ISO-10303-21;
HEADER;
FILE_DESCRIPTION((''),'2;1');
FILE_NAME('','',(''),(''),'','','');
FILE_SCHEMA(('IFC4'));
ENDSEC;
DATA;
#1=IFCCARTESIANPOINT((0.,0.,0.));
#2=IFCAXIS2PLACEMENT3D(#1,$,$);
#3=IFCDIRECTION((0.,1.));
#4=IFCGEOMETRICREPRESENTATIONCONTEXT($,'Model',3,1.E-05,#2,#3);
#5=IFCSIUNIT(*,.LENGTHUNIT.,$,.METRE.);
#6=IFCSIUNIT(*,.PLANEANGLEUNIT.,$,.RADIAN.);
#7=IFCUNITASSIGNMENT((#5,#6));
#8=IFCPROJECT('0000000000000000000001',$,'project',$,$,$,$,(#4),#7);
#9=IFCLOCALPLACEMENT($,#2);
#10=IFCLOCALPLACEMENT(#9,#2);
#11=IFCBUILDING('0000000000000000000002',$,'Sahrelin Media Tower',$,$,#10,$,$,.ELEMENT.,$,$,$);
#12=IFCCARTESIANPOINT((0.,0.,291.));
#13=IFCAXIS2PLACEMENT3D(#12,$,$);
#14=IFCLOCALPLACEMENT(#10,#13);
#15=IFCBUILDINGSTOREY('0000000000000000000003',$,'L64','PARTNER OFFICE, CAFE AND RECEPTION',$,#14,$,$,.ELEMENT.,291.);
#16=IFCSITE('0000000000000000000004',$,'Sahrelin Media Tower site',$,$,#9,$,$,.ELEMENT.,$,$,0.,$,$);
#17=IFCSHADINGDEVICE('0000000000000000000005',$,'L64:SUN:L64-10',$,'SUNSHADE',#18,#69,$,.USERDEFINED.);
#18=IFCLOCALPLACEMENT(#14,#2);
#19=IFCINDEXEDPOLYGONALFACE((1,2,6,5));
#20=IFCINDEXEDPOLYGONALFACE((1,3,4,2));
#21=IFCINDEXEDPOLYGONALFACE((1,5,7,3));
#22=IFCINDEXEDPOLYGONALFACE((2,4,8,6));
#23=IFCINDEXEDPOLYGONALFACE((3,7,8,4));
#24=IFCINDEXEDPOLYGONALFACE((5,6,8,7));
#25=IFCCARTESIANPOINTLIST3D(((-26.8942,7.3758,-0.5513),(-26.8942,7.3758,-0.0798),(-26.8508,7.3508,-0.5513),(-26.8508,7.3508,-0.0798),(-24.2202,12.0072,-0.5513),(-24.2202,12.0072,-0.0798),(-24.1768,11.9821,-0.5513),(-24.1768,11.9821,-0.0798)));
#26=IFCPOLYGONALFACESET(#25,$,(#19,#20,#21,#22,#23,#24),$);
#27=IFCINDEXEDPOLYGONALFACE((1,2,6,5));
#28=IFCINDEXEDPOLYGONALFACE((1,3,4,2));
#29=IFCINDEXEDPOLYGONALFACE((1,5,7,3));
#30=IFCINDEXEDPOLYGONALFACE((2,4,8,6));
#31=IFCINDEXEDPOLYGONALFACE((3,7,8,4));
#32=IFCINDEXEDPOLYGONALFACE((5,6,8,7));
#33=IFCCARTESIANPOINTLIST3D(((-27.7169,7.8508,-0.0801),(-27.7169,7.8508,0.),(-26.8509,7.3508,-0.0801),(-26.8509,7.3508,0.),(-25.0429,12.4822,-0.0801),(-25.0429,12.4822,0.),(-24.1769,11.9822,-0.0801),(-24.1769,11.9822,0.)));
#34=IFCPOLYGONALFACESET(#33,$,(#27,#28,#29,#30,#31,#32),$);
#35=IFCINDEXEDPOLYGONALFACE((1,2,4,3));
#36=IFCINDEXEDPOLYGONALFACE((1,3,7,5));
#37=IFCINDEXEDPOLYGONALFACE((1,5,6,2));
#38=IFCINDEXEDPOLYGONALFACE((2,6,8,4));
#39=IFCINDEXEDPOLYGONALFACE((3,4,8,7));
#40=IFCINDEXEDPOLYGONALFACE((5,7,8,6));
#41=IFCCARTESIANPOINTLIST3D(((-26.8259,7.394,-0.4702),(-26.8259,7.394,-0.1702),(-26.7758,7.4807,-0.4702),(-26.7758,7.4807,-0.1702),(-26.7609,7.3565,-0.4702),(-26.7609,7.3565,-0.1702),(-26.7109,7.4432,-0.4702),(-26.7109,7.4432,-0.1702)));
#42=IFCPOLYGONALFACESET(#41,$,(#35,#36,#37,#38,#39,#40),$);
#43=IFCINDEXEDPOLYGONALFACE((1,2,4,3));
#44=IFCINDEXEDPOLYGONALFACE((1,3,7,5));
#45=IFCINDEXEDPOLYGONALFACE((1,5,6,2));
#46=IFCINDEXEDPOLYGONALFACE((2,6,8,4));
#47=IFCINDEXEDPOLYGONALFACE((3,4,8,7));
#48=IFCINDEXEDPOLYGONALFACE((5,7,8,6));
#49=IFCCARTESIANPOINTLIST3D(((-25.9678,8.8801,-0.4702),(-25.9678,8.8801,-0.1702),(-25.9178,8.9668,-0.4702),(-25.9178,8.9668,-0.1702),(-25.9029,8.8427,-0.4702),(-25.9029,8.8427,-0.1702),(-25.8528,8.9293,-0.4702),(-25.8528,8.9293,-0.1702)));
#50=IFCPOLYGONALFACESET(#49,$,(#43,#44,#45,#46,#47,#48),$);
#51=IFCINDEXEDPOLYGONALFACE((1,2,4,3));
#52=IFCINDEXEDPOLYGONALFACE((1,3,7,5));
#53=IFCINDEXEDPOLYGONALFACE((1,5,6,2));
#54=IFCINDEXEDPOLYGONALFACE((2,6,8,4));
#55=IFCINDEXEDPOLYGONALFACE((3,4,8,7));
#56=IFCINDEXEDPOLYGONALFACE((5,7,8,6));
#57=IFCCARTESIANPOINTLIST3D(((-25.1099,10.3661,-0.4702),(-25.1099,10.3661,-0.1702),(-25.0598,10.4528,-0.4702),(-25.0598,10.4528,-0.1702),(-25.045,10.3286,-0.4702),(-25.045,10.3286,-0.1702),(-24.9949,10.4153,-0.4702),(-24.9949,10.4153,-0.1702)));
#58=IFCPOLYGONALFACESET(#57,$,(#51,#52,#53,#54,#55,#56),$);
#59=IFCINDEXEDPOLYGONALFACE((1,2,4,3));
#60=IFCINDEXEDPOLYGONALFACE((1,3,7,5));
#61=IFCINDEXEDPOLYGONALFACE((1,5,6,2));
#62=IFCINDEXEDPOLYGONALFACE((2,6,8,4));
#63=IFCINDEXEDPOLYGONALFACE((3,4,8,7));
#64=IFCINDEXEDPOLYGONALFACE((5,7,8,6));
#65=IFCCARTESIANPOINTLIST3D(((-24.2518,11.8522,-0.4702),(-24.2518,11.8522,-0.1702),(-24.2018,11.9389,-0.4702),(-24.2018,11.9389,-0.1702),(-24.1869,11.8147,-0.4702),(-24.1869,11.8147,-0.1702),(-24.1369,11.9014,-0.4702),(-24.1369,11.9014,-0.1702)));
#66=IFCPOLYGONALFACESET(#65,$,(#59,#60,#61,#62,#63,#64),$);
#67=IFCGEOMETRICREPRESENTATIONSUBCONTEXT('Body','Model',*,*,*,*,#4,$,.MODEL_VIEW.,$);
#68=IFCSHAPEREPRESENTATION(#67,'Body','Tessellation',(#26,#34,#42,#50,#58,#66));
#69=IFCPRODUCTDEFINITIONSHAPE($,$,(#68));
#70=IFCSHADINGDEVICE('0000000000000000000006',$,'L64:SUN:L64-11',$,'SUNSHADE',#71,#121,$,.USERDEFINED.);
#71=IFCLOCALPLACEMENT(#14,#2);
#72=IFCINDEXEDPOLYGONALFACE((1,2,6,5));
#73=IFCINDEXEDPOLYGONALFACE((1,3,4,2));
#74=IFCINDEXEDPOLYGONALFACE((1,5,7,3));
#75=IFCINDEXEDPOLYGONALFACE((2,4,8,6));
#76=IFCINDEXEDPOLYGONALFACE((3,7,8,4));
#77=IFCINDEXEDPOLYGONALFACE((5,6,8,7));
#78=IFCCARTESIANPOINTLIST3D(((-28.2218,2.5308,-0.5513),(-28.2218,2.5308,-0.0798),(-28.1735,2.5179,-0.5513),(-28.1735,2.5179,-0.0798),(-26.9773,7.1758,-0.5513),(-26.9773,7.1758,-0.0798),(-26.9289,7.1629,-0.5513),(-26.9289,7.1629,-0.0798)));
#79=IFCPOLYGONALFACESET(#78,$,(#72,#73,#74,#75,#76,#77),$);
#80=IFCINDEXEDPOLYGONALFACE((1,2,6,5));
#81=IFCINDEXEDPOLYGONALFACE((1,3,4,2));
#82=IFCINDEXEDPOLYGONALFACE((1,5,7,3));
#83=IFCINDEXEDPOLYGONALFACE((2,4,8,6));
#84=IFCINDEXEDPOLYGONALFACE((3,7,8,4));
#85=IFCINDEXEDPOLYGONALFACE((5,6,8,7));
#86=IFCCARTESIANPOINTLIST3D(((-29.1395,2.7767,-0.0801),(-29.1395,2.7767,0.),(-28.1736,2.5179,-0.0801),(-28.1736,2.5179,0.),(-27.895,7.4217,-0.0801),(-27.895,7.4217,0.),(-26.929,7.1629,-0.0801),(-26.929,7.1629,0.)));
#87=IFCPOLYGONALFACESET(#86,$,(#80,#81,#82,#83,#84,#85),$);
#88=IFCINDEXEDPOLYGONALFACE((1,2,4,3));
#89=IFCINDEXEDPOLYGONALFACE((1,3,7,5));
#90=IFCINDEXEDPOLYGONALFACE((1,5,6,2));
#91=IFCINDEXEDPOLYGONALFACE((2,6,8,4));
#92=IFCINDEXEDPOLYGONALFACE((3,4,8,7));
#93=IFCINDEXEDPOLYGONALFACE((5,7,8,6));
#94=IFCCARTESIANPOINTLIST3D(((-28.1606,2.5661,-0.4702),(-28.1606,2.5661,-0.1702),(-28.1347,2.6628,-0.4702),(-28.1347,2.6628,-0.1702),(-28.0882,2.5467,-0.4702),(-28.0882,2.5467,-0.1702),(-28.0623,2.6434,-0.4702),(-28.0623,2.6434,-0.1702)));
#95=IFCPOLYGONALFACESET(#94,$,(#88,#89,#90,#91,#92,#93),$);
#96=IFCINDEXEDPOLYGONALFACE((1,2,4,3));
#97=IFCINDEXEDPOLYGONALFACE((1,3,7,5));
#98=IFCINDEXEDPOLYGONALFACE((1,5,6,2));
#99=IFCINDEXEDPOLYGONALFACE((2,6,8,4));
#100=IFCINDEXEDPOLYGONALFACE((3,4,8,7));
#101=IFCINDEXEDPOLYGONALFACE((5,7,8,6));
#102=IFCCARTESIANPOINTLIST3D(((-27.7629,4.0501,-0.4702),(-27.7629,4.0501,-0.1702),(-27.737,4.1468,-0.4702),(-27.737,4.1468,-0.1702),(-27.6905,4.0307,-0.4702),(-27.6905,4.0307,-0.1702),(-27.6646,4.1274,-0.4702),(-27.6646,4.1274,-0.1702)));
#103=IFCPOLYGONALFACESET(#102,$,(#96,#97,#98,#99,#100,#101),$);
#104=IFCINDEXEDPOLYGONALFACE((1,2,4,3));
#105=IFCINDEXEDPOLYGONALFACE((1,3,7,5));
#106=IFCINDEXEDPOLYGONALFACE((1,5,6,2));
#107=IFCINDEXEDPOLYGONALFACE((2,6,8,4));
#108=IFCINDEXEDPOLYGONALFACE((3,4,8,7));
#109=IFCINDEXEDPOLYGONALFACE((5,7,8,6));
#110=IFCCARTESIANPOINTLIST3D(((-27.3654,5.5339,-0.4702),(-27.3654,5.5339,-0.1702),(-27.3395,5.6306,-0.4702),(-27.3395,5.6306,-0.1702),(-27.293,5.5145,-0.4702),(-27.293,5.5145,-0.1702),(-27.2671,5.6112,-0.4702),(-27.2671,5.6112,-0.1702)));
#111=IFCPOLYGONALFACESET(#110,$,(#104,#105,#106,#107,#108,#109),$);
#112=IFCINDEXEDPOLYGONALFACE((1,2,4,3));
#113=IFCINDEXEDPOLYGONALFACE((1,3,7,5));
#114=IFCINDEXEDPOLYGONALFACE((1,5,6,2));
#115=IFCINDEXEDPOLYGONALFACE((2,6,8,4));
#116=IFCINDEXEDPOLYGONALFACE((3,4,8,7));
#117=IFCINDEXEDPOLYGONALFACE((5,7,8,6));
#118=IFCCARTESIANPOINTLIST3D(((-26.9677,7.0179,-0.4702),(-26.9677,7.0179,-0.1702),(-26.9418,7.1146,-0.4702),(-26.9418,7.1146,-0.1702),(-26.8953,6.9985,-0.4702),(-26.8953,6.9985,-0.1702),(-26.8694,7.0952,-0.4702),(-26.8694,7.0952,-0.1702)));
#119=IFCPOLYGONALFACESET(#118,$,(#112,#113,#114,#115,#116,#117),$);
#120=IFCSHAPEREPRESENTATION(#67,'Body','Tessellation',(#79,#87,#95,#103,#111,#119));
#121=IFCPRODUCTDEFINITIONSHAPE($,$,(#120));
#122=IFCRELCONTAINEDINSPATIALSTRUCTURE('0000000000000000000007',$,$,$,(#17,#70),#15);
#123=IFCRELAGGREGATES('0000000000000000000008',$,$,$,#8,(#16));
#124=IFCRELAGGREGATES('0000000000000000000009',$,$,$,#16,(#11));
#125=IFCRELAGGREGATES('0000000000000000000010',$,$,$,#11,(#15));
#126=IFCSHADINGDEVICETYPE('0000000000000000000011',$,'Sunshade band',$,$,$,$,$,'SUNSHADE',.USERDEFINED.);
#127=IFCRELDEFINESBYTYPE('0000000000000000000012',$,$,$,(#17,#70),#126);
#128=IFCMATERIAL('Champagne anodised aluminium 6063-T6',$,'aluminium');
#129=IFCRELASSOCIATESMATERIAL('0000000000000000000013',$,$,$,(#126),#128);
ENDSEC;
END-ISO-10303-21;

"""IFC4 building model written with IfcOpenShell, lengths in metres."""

from ifc_helpers import new_model, si_unit, direction, frame, origin, origin_2d, place, context, subcontext, project, spatial, rectangle, extrude, material, type_object, element, save


model = new_model("IFC4")

# Units and contexts
model_context = context("Model", 3, precision=1e-05, world=origin(), true_north=direction((0.0, 1.0)))
body_context = subcontext(model_context, "Body", "Model", "MODEL_VIEW")
ifc_project = project(units=[si_unit("LENGTHUNIT", "METRE"), si_unit("PLANEANGLEUNIT", "RADIAN")], contexts=[model_context])

# Site, building, storey
site_placement = place(None, origin())
site = spatial("IfcSite", under=ifc_project, at=site_placement, Name="Sahrelin Media Tower site", CompositionType="ELEMENT", RefElevation=0.0)
building_placement = place(site_placement, origin())
building = spatial("IfcBuilding", under=site, at=building_placement, Name="Sahrelin Media Tower", CompositionType="ELEMENT")
storey_placement = place(building_placement, frame((0.0, 0.0, 291.0)))
storey = spatial("IfcBuildingStorey", under=building, at=storey_placement, Name="L64", Description="PARTNER OFFICE, CAFE AND RECEPTION", CompositionType="ELEMENT", Elevation=291.0)

# Shared definitions
ifc_material_1 = material(Name="Champagne anodised aluminium 6063-T6", Category="aluminium")

# Shading devices
placement_1 = place(storey_placement, frame((-25.4966, 9.6565, 0.0), z_axis=(0.0, 0.0, 1.0), x_axis=(0.500011, 0.866019, 0.0)))
placement_2 = place(storey_placement, frame((-27.532, 4.8352, 0.0), z_axis=(0.0, 0.0, 1.0), x_axis=(0.258808, 0.965929, 0.0)))
shading_device_type_1 = type_object("IfcShadingDeviceType", Name="Sunshade band", ElementType="SUNSHADE", PredefinedType="USERDEFINED", material=ifc_material_1)
element("IfcShadingDevice", 1, at=placement_1, inside=storey, type_object=shading_device_type_1, Name="L64:SUN:L64-10", ObjectType="SUNSHADE", PredefinedType="USERDEFINED", context=body_context, shape_type="SweptSolid", body=[
    extrude(rectangle(XDim=5.3479, YDim=0.05, at=origin_2d()), frame((0.0, 0.0449, -0.5513)), (0.0, 0.0, 1.0), 0.4714),
    extrude(rectangle(XDim=5.3479, YDim=1.0, at=origin_2d()), frame((0.0, 0.52, -0.0801)), (0.0, 0.0, 1.0), 0.0801),
    extrude(rectangle(XDim=0.1001, YDim=0.075, at=origin_2d()), frame((-2.574, -0.0176, -0.4702)), (0.0, 0.0, 1.0), 0.3),
    extrude(rectangle(XDim=0.1001, YDim=0.075, at=origin_2d()), frame((-0.8579, -0.0176, -0.4702)), (0.0, 0.0, 1.0), 0.3),
    extrude(rectangle(XDim=0.1001, YDim=0.075, at=origin_2d()), frame((0.8579, -0.0176, -0.4702)), (0.0, 0.0, 1.0), 0.3),
    extrude(rectangle(XDim=0.1001, YDim=0.075, at=origin_2d()), frame((2.574, -0.0176, -0.4702)), (0.0, 0.0, 1.0), 0.3),
])
element("IfcShadingDevice", 2, at=placement_2, inside=storey, type_object=shading_device_type_1, Name="L64:SUN:L64-11", ObjectType="SUNSHADE", PredefinedType="USERDEFINED", context=body_context, shape_type="SweptSolid", body=[
    extrude(rectangle(XDim=4.8088, YDim=0.05, at=origin_2d()), frame((0.0, 0.0449, -0.5513)), (0.0, 0.0, 1.0), 0.4714),
    extrude(rectangle(XDim=4.8088, YDim=1.0, at=origin_2d()), frame((0.0, 0.52, -0.0801)), (0.0, 0.0, 1.0), 0.0801),
    extrude(rectangle(XDim=0.1001, YDim=0.075, at=origin_2d()), frame((-2.3044, -0.0176, -0.4702)), (0.0, 0.0, 1.0), 0.3),
    extrude(rectangle(XDim=0.1001, YDim=0.075, at=origin_2d()), frame((-0.7681, -0.0176, -0.4702)), (0.0, 0.0, 1.0), 0.3),
    extrude(rectangle(XDim=0.1001, YDim=0.075, at=origin_2d()), frame((0.7681, -0.0176, -0.4702)), (0.0, 0.0, 1.0), 0.3),
    extrude(rectangle(XDim=0.1001, YDim=0.075, at=origin_2d()), frame((2.3044, -0.0176, -0.4702)), (0.0, 0.0, 1.0), 0.3),
])

save(model, "model.ifc")
